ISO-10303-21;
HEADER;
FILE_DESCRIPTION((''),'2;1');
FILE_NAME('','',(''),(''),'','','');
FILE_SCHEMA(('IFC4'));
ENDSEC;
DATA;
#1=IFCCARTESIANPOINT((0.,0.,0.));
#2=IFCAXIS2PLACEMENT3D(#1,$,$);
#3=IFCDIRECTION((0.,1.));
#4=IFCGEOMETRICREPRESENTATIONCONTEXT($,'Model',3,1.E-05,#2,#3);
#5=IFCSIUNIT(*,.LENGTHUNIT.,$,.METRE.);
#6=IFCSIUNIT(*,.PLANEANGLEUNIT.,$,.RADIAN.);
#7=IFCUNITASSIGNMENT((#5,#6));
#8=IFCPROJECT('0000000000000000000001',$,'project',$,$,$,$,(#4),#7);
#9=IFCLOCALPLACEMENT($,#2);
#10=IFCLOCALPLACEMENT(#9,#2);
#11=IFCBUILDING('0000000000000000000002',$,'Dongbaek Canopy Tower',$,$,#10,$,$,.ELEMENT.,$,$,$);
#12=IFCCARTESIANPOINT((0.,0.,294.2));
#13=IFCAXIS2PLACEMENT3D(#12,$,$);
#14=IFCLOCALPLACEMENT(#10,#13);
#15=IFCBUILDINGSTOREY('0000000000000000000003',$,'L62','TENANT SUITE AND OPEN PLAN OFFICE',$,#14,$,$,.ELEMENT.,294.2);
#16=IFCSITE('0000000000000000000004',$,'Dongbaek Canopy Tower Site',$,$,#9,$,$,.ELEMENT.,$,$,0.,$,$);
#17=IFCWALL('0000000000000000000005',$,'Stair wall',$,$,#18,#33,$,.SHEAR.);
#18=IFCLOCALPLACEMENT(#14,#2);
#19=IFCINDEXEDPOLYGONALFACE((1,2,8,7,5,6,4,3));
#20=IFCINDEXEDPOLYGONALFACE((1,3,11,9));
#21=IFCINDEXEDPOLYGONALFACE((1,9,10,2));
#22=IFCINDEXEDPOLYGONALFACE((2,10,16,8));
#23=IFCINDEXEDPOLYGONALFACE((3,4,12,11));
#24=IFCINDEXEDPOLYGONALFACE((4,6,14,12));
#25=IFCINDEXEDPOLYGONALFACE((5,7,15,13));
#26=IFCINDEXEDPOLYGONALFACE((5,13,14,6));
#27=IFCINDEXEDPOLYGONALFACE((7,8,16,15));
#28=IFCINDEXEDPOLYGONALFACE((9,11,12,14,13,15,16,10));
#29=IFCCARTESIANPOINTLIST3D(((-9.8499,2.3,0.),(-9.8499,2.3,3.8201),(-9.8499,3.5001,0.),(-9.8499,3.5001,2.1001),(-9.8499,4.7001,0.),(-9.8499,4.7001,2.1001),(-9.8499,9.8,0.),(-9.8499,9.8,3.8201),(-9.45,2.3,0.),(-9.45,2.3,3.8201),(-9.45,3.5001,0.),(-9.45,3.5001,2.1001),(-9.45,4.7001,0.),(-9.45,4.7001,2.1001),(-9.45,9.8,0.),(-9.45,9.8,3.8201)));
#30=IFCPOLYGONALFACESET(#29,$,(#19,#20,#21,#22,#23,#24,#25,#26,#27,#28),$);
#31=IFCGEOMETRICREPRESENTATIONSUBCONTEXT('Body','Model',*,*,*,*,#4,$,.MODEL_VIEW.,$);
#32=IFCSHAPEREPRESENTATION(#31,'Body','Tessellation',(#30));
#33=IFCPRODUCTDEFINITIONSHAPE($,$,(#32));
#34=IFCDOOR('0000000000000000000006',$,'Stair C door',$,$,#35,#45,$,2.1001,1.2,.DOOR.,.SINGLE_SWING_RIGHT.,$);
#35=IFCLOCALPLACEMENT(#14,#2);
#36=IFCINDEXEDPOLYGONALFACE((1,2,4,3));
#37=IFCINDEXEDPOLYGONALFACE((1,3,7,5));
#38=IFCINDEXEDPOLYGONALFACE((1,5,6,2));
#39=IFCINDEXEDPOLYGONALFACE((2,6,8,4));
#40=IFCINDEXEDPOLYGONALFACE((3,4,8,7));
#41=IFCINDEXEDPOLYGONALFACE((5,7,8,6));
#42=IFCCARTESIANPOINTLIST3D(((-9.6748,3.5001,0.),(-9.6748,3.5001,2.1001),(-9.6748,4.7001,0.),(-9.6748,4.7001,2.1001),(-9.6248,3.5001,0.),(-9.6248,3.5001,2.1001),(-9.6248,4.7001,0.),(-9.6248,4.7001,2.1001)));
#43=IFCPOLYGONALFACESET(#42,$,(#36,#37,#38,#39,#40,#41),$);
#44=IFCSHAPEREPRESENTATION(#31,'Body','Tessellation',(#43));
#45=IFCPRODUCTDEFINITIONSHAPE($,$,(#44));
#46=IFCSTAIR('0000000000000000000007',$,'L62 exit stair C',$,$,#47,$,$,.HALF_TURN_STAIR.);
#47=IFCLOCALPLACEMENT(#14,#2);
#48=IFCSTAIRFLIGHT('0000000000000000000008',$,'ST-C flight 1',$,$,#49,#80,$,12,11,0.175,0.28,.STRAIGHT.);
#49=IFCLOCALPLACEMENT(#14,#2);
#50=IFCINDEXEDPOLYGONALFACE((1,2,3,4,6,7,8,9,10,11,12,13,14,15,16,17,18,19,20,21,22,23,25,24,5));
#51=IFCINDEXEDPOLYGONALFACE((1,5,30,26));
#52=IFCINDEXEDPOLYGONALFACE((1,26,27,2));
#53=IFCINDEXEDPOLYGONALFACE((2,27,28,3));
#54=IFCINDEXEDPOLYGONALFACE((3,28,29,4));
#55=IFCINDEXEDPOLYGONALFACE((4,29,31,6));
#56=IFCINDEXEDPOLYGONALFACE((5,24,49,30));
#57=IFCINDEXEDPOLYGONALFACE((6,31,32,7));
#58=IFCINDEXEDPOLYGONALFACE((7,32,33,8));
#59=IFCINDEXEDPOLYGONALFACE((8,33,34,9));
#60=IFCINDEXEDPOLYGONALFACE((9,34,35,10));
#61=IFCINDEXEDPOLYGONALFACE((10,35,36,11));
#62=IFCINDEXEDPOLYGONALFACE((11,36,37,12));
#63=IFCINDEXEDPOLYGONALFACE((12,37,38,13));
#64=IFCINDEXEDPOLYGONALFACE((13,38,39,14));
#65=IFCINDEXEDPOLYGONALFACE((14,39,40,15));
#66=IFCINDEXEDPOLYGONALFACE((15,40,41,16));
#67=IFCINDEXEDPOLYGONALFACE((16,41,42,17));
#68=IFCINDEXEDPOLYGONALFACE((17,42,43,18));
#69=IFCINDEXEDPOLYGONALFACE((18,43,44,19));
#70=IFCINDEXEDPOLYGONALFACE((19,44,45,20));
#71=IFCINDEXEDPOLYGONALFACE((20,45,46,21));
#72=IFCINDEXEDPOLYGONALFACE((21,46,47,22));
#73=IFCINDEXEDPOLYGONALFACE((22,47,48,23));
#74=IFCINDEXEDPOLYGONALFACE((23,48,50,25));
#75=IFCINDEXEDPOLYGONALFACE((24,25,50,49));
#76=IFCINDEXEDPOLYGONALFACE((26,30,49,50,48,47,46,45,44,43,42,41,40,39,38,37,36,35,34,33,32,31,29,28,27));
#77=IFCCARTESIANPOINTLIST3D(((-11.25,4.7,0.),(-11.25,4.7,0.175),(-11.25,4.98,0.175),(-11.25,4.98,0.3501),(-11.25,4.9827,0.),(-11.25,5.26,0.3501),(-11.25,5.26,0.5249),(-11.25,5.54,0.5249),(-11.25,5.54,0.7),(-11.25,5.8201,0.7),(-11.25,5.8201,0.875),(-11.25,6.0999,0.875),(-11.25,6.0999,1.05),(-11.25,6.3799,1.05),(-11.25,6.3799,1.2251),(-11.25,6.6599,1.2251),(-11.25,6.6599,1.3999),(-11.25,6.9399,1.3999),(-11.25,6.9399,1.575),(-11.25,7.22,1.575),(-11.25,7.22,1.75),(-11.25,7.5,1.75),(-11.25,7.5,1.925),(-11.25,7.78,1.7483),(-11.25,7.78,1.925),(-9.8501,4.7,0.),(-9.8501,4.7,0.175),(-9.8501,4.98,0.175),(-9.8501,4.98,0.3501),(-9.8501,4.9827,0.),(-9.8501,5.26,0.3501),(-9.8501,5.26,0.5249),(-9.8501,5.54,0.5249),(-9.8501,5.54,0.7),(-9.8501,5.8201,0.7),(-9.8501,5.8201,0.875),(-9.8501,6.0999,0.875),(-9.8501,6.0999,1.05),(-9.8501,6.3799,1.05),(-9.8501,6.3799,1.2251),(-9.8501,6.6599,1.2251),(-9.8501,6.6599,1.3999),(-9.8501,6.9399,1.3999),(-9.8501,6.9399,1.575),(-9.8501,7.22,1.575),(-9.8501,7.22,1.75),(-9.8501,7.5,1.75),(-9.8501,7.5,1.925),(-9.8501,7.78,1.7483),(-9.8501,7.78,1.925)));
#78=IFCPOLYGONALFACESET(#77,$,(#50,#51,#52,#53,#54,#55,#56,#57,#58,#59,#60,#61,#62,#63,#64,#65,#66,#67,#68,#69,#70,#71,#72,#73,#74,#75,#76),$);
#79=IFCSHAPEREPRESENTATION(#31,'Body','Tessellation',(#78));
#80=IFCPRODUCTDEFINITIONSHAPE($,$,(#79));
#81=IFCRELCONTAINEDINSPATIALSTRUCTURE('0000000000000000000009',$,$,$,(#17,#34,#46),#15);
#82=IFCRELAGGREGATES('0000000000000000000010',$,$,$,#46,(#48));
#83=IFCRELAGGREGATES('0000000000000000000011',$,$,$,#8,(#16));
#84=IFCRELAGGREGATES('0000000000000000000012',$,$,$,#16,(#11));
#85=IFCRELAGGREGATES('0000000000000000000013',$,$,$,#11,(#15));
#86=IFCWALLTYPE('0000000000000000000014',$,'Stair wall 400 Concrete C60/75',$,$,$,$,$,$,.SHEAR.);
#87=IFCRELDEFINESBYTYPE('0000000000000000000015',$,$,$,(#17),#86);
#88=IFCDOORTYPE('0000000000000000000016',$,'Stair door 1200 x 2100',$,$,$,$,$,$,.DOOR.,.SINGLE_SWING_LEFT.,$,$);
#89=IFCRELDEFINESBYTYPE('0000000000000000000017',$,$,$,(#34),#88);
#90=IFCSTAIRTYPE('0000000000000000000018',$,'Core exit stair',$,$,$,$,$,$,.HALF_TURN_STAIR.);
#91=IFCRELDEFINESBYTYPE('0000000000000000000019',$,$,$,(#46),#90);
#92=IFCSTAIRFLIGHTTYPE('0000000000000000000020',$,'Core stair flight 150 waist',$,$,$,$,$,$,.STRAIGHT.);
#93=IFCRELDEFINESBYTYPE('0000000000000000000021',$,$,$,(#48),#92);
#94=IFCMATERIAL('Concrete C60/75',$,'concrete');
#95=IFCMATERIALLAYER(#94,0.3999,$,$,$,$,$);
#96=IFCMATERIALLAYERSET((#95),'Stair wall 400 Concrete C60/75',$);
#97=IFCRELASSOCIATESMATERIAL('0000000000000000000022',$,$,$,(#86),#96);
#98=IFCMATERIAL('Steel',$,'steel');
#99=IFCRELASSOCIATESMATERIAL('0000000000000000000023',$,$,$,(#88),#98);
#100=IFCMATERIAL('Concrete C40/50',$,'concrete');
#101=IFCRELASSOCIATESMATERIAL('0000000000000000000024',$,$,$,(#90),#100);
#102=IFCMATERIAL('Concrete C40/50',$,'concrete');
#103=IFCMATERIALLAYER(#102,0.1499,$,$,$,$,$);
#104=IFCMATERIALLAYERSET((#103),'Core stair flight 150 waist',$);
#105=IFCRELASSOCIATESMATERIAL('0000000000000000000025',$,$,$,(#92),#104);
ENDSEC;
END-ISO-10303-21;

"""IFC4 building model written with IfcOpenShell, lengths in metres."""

from ifc_helpers import new_model, si_unit, direction, frame, frame_2d, origin, place, context, subcontext, project, spatial, polyline, rectangle, outline, extrude, material, layer, layer_set, type_object, element, fill, aggregate, save


model = new_model("IFC4")

# Units and contexts
model_context = context("Model", 3, precision=1e-05, world=origin(), true_north=direction((0.0, 1.0)))
body_context = subcontext(model_context, "Body", "Model", "MODEL_VIEW")
ifc_project = project(units=[si_unit("LENGTHUNIT", "METRE"), si_unit("PLANEANGLEUNIT", "RADIAN")], contexts=[model_context])

# Site, building, storey
site_placement = place(None, origin())
site = spatial("IfcSite", under=ifc_project, at=site_placement, Name="Dongbaek Canopy Tower Site", CompositionType="ELEMENT", RefElevation=0.0)
building_placement = place(site_placement, origin())
building = spatial("IfcBuilding", under=site, at=building_placement, Name="Dongbaek Canopy Tower", CompositionType="ELEMENT")
storey_placement = place(building_placement, frame((0.0, 0.0, 294.2)))
storey = spatial("IfcBuildingStorey", under=building, at=storey_placement, Name="L62", Description="TENANT SUITE AND OPEN PLAN OFFICE", CompositionType="ELEMENT", Elevation=294.2)

# Wall, opening, door
ifc_material_1 = material(Name="Concrete C60/75", Category="concrete")
ifc_layer_1 = layer(ifc_material_1, 0.3999)
ifc_layer_set_1 = layer_set([ifc_layer_1], Name="Stair wall 400 Concrete C60/75")
wall_type_1 = type_object("IfcWallType", Name="Stair wall 400 Concrete C60/75", PredefinedType="SHEAR", material=ifc_layer_set_1)
wall_1_placement = place(storey_placement, frame((-9.6499, 2.3, 0.0), z_axis=(0.0, 0.0, 1.0), x_axis=(0.0, 1.0, 0.0)))
wall_1 = element("IfcWall", 1, at=wall_1_placement, inside=storey, type_object=wall_type_1, Name="Stair wall", PredefinedType="SHEAR", context=body_context, shape_type="SweptSolid", body=[
    extrude(rectangle(XDim=7.5, YDim=0.3999, at=frame_2d((3.75, 0.0))), origin(), (0.0, 0.0, 1.0), 3.8201),
])
opening_1_placement = place(wall_1_placement, frame((1.2, 0.0, 0.0)))
opening_1 = element("IfcOpeningElement", 2, at=opening_1_placement, cuts=wall_1, PredefinedType="OPENING", context=body_context, shape_type="SweptSolid", body=[
    extrude(rectangle(XDim=1.2, YDim=2.1001, at=frame_2d((0.6001, 1.05))), frame((0.0, 0.21, 0.0), z_axis=(0.0, -1.0, 0.0), x_axis=(1.0, 0.0, 0.0)), (0.0, 0.0, 1.0), 0.4199),
])
ifc_material_2 = material(Name="Steel", Category="steel")
door_type_1 = type_object("IfcDoorType", Name="Stair door 1200 x 2100", OperationType="SINGLE_SWING_LEFT", PredefinedType="DOOR", material=ifc_material_2)
door_1_placement = place(opening_1_placement, origin())
door_1 = element("IfcDoor", 3, at=door_1_placement, inside=storey, type_object=door_type_1, Name="Stair C door", OperationType="SINGLE_SWING_RIGHT", OverallHeight=2.1001, OverallWidth=1.2, PredefinedType="DOOR", context=body_context, shape_type="SweptSolid", body=[
    extrude(rectangle(XDim=1.2, YDim=2.1001, at=frame_2d((0.6001, 1.05))), frame((0.0, 0.0249, 0.0), z_axis=(0.0, -1.0, 0.0), x_axis=(1.0, 0.0, 0.0)), (0.0, 0.0, 1.0), 0.05),
])
fill(opening_1, door_1)

# Stair, stair flight
ifc_material_3 = material(Name="Concrete C40/50", Category="concrete")
stair_type = type_object("IfcStairType", Name="Core exit stair", PredefinedType="HALF_TURN_STAIR", material=ifc_material_3)
stair_placement = place(storey_placement, origin())
stair = element("IfcStair", 4, at=stair_placement, inside=storey, type_object=stair_type, Name="L62 exit stair C", PredefinedType="HALF_TURN_STAIR")
ifc_material_4 = material(Name="Concrete C40/50", Category="concrete")
ifc_layer_2 = layer(ifc_material_4, 0.1499)
ifc_layer_set_2 = layer_set([ifc_layer_2], Name="Core stair flight 150 waist")
stair_flight_type = type_object("IfcStairFlightType", Name="Core stair flight 150 waist", PredefinedType="STRAIGHT", material=ifc_layer_set_2)
stair_flight_placement = place(storey_placement, frame((-10.55, 4.7, 0.0), z_axis=(0.0, 0.0, 1.0), x_axis=(0.0, 1.0, 0.0)))
stair_flight = element("IfcStairFlight", 5, at=stair_flight_placement, type_object=stair_flight_type, Name="ST-C flight 1", NumberOfRisers=12, NumberOfTreads=11, PredefinedType="STRAIGHT", RiserHeight=0.175, TreadLength=0.28, context=body_context, shape_type="SweptSolid", body=[
    extrude(outline(polyline([(0.0, 0.0), (0.0, 0.175), (0.28, 0.175), (0.28, 0.3501), (0.5601, 0.3501), (0.5601, 0.5249), (0.8401, 0.5249), (0.8401, 0.7), (1.1201, 0.7), (1.1201, 0.875), (1.3999, 0.875), (1.3999, 1.05), (1.6799, 1.05), (1.6799, 1.2251), (1.96, 1.2251), (1.96, 1.3999), (2.24, 1.3999), (2.24, 1.575), (2.52, 1.575), (2.52, 1.75), (2.8, 1.75), (2.8, 1.925), (3.0801, 1.925), (3.0801, 2.1001), (3.0801, 1.7483), (0.2827, 0.0), (0.0, 0.0)])), frame((0.0, 0.7, 0.0), z_axis=(0.0, -1.0, 0.0), x_axis=(1.0, 0.0, 0.0)), (0.0, 0.0, 1.0), 1.3999),
])
aggregate(stair, [stair_flight])

save(model, "model.ifc")
